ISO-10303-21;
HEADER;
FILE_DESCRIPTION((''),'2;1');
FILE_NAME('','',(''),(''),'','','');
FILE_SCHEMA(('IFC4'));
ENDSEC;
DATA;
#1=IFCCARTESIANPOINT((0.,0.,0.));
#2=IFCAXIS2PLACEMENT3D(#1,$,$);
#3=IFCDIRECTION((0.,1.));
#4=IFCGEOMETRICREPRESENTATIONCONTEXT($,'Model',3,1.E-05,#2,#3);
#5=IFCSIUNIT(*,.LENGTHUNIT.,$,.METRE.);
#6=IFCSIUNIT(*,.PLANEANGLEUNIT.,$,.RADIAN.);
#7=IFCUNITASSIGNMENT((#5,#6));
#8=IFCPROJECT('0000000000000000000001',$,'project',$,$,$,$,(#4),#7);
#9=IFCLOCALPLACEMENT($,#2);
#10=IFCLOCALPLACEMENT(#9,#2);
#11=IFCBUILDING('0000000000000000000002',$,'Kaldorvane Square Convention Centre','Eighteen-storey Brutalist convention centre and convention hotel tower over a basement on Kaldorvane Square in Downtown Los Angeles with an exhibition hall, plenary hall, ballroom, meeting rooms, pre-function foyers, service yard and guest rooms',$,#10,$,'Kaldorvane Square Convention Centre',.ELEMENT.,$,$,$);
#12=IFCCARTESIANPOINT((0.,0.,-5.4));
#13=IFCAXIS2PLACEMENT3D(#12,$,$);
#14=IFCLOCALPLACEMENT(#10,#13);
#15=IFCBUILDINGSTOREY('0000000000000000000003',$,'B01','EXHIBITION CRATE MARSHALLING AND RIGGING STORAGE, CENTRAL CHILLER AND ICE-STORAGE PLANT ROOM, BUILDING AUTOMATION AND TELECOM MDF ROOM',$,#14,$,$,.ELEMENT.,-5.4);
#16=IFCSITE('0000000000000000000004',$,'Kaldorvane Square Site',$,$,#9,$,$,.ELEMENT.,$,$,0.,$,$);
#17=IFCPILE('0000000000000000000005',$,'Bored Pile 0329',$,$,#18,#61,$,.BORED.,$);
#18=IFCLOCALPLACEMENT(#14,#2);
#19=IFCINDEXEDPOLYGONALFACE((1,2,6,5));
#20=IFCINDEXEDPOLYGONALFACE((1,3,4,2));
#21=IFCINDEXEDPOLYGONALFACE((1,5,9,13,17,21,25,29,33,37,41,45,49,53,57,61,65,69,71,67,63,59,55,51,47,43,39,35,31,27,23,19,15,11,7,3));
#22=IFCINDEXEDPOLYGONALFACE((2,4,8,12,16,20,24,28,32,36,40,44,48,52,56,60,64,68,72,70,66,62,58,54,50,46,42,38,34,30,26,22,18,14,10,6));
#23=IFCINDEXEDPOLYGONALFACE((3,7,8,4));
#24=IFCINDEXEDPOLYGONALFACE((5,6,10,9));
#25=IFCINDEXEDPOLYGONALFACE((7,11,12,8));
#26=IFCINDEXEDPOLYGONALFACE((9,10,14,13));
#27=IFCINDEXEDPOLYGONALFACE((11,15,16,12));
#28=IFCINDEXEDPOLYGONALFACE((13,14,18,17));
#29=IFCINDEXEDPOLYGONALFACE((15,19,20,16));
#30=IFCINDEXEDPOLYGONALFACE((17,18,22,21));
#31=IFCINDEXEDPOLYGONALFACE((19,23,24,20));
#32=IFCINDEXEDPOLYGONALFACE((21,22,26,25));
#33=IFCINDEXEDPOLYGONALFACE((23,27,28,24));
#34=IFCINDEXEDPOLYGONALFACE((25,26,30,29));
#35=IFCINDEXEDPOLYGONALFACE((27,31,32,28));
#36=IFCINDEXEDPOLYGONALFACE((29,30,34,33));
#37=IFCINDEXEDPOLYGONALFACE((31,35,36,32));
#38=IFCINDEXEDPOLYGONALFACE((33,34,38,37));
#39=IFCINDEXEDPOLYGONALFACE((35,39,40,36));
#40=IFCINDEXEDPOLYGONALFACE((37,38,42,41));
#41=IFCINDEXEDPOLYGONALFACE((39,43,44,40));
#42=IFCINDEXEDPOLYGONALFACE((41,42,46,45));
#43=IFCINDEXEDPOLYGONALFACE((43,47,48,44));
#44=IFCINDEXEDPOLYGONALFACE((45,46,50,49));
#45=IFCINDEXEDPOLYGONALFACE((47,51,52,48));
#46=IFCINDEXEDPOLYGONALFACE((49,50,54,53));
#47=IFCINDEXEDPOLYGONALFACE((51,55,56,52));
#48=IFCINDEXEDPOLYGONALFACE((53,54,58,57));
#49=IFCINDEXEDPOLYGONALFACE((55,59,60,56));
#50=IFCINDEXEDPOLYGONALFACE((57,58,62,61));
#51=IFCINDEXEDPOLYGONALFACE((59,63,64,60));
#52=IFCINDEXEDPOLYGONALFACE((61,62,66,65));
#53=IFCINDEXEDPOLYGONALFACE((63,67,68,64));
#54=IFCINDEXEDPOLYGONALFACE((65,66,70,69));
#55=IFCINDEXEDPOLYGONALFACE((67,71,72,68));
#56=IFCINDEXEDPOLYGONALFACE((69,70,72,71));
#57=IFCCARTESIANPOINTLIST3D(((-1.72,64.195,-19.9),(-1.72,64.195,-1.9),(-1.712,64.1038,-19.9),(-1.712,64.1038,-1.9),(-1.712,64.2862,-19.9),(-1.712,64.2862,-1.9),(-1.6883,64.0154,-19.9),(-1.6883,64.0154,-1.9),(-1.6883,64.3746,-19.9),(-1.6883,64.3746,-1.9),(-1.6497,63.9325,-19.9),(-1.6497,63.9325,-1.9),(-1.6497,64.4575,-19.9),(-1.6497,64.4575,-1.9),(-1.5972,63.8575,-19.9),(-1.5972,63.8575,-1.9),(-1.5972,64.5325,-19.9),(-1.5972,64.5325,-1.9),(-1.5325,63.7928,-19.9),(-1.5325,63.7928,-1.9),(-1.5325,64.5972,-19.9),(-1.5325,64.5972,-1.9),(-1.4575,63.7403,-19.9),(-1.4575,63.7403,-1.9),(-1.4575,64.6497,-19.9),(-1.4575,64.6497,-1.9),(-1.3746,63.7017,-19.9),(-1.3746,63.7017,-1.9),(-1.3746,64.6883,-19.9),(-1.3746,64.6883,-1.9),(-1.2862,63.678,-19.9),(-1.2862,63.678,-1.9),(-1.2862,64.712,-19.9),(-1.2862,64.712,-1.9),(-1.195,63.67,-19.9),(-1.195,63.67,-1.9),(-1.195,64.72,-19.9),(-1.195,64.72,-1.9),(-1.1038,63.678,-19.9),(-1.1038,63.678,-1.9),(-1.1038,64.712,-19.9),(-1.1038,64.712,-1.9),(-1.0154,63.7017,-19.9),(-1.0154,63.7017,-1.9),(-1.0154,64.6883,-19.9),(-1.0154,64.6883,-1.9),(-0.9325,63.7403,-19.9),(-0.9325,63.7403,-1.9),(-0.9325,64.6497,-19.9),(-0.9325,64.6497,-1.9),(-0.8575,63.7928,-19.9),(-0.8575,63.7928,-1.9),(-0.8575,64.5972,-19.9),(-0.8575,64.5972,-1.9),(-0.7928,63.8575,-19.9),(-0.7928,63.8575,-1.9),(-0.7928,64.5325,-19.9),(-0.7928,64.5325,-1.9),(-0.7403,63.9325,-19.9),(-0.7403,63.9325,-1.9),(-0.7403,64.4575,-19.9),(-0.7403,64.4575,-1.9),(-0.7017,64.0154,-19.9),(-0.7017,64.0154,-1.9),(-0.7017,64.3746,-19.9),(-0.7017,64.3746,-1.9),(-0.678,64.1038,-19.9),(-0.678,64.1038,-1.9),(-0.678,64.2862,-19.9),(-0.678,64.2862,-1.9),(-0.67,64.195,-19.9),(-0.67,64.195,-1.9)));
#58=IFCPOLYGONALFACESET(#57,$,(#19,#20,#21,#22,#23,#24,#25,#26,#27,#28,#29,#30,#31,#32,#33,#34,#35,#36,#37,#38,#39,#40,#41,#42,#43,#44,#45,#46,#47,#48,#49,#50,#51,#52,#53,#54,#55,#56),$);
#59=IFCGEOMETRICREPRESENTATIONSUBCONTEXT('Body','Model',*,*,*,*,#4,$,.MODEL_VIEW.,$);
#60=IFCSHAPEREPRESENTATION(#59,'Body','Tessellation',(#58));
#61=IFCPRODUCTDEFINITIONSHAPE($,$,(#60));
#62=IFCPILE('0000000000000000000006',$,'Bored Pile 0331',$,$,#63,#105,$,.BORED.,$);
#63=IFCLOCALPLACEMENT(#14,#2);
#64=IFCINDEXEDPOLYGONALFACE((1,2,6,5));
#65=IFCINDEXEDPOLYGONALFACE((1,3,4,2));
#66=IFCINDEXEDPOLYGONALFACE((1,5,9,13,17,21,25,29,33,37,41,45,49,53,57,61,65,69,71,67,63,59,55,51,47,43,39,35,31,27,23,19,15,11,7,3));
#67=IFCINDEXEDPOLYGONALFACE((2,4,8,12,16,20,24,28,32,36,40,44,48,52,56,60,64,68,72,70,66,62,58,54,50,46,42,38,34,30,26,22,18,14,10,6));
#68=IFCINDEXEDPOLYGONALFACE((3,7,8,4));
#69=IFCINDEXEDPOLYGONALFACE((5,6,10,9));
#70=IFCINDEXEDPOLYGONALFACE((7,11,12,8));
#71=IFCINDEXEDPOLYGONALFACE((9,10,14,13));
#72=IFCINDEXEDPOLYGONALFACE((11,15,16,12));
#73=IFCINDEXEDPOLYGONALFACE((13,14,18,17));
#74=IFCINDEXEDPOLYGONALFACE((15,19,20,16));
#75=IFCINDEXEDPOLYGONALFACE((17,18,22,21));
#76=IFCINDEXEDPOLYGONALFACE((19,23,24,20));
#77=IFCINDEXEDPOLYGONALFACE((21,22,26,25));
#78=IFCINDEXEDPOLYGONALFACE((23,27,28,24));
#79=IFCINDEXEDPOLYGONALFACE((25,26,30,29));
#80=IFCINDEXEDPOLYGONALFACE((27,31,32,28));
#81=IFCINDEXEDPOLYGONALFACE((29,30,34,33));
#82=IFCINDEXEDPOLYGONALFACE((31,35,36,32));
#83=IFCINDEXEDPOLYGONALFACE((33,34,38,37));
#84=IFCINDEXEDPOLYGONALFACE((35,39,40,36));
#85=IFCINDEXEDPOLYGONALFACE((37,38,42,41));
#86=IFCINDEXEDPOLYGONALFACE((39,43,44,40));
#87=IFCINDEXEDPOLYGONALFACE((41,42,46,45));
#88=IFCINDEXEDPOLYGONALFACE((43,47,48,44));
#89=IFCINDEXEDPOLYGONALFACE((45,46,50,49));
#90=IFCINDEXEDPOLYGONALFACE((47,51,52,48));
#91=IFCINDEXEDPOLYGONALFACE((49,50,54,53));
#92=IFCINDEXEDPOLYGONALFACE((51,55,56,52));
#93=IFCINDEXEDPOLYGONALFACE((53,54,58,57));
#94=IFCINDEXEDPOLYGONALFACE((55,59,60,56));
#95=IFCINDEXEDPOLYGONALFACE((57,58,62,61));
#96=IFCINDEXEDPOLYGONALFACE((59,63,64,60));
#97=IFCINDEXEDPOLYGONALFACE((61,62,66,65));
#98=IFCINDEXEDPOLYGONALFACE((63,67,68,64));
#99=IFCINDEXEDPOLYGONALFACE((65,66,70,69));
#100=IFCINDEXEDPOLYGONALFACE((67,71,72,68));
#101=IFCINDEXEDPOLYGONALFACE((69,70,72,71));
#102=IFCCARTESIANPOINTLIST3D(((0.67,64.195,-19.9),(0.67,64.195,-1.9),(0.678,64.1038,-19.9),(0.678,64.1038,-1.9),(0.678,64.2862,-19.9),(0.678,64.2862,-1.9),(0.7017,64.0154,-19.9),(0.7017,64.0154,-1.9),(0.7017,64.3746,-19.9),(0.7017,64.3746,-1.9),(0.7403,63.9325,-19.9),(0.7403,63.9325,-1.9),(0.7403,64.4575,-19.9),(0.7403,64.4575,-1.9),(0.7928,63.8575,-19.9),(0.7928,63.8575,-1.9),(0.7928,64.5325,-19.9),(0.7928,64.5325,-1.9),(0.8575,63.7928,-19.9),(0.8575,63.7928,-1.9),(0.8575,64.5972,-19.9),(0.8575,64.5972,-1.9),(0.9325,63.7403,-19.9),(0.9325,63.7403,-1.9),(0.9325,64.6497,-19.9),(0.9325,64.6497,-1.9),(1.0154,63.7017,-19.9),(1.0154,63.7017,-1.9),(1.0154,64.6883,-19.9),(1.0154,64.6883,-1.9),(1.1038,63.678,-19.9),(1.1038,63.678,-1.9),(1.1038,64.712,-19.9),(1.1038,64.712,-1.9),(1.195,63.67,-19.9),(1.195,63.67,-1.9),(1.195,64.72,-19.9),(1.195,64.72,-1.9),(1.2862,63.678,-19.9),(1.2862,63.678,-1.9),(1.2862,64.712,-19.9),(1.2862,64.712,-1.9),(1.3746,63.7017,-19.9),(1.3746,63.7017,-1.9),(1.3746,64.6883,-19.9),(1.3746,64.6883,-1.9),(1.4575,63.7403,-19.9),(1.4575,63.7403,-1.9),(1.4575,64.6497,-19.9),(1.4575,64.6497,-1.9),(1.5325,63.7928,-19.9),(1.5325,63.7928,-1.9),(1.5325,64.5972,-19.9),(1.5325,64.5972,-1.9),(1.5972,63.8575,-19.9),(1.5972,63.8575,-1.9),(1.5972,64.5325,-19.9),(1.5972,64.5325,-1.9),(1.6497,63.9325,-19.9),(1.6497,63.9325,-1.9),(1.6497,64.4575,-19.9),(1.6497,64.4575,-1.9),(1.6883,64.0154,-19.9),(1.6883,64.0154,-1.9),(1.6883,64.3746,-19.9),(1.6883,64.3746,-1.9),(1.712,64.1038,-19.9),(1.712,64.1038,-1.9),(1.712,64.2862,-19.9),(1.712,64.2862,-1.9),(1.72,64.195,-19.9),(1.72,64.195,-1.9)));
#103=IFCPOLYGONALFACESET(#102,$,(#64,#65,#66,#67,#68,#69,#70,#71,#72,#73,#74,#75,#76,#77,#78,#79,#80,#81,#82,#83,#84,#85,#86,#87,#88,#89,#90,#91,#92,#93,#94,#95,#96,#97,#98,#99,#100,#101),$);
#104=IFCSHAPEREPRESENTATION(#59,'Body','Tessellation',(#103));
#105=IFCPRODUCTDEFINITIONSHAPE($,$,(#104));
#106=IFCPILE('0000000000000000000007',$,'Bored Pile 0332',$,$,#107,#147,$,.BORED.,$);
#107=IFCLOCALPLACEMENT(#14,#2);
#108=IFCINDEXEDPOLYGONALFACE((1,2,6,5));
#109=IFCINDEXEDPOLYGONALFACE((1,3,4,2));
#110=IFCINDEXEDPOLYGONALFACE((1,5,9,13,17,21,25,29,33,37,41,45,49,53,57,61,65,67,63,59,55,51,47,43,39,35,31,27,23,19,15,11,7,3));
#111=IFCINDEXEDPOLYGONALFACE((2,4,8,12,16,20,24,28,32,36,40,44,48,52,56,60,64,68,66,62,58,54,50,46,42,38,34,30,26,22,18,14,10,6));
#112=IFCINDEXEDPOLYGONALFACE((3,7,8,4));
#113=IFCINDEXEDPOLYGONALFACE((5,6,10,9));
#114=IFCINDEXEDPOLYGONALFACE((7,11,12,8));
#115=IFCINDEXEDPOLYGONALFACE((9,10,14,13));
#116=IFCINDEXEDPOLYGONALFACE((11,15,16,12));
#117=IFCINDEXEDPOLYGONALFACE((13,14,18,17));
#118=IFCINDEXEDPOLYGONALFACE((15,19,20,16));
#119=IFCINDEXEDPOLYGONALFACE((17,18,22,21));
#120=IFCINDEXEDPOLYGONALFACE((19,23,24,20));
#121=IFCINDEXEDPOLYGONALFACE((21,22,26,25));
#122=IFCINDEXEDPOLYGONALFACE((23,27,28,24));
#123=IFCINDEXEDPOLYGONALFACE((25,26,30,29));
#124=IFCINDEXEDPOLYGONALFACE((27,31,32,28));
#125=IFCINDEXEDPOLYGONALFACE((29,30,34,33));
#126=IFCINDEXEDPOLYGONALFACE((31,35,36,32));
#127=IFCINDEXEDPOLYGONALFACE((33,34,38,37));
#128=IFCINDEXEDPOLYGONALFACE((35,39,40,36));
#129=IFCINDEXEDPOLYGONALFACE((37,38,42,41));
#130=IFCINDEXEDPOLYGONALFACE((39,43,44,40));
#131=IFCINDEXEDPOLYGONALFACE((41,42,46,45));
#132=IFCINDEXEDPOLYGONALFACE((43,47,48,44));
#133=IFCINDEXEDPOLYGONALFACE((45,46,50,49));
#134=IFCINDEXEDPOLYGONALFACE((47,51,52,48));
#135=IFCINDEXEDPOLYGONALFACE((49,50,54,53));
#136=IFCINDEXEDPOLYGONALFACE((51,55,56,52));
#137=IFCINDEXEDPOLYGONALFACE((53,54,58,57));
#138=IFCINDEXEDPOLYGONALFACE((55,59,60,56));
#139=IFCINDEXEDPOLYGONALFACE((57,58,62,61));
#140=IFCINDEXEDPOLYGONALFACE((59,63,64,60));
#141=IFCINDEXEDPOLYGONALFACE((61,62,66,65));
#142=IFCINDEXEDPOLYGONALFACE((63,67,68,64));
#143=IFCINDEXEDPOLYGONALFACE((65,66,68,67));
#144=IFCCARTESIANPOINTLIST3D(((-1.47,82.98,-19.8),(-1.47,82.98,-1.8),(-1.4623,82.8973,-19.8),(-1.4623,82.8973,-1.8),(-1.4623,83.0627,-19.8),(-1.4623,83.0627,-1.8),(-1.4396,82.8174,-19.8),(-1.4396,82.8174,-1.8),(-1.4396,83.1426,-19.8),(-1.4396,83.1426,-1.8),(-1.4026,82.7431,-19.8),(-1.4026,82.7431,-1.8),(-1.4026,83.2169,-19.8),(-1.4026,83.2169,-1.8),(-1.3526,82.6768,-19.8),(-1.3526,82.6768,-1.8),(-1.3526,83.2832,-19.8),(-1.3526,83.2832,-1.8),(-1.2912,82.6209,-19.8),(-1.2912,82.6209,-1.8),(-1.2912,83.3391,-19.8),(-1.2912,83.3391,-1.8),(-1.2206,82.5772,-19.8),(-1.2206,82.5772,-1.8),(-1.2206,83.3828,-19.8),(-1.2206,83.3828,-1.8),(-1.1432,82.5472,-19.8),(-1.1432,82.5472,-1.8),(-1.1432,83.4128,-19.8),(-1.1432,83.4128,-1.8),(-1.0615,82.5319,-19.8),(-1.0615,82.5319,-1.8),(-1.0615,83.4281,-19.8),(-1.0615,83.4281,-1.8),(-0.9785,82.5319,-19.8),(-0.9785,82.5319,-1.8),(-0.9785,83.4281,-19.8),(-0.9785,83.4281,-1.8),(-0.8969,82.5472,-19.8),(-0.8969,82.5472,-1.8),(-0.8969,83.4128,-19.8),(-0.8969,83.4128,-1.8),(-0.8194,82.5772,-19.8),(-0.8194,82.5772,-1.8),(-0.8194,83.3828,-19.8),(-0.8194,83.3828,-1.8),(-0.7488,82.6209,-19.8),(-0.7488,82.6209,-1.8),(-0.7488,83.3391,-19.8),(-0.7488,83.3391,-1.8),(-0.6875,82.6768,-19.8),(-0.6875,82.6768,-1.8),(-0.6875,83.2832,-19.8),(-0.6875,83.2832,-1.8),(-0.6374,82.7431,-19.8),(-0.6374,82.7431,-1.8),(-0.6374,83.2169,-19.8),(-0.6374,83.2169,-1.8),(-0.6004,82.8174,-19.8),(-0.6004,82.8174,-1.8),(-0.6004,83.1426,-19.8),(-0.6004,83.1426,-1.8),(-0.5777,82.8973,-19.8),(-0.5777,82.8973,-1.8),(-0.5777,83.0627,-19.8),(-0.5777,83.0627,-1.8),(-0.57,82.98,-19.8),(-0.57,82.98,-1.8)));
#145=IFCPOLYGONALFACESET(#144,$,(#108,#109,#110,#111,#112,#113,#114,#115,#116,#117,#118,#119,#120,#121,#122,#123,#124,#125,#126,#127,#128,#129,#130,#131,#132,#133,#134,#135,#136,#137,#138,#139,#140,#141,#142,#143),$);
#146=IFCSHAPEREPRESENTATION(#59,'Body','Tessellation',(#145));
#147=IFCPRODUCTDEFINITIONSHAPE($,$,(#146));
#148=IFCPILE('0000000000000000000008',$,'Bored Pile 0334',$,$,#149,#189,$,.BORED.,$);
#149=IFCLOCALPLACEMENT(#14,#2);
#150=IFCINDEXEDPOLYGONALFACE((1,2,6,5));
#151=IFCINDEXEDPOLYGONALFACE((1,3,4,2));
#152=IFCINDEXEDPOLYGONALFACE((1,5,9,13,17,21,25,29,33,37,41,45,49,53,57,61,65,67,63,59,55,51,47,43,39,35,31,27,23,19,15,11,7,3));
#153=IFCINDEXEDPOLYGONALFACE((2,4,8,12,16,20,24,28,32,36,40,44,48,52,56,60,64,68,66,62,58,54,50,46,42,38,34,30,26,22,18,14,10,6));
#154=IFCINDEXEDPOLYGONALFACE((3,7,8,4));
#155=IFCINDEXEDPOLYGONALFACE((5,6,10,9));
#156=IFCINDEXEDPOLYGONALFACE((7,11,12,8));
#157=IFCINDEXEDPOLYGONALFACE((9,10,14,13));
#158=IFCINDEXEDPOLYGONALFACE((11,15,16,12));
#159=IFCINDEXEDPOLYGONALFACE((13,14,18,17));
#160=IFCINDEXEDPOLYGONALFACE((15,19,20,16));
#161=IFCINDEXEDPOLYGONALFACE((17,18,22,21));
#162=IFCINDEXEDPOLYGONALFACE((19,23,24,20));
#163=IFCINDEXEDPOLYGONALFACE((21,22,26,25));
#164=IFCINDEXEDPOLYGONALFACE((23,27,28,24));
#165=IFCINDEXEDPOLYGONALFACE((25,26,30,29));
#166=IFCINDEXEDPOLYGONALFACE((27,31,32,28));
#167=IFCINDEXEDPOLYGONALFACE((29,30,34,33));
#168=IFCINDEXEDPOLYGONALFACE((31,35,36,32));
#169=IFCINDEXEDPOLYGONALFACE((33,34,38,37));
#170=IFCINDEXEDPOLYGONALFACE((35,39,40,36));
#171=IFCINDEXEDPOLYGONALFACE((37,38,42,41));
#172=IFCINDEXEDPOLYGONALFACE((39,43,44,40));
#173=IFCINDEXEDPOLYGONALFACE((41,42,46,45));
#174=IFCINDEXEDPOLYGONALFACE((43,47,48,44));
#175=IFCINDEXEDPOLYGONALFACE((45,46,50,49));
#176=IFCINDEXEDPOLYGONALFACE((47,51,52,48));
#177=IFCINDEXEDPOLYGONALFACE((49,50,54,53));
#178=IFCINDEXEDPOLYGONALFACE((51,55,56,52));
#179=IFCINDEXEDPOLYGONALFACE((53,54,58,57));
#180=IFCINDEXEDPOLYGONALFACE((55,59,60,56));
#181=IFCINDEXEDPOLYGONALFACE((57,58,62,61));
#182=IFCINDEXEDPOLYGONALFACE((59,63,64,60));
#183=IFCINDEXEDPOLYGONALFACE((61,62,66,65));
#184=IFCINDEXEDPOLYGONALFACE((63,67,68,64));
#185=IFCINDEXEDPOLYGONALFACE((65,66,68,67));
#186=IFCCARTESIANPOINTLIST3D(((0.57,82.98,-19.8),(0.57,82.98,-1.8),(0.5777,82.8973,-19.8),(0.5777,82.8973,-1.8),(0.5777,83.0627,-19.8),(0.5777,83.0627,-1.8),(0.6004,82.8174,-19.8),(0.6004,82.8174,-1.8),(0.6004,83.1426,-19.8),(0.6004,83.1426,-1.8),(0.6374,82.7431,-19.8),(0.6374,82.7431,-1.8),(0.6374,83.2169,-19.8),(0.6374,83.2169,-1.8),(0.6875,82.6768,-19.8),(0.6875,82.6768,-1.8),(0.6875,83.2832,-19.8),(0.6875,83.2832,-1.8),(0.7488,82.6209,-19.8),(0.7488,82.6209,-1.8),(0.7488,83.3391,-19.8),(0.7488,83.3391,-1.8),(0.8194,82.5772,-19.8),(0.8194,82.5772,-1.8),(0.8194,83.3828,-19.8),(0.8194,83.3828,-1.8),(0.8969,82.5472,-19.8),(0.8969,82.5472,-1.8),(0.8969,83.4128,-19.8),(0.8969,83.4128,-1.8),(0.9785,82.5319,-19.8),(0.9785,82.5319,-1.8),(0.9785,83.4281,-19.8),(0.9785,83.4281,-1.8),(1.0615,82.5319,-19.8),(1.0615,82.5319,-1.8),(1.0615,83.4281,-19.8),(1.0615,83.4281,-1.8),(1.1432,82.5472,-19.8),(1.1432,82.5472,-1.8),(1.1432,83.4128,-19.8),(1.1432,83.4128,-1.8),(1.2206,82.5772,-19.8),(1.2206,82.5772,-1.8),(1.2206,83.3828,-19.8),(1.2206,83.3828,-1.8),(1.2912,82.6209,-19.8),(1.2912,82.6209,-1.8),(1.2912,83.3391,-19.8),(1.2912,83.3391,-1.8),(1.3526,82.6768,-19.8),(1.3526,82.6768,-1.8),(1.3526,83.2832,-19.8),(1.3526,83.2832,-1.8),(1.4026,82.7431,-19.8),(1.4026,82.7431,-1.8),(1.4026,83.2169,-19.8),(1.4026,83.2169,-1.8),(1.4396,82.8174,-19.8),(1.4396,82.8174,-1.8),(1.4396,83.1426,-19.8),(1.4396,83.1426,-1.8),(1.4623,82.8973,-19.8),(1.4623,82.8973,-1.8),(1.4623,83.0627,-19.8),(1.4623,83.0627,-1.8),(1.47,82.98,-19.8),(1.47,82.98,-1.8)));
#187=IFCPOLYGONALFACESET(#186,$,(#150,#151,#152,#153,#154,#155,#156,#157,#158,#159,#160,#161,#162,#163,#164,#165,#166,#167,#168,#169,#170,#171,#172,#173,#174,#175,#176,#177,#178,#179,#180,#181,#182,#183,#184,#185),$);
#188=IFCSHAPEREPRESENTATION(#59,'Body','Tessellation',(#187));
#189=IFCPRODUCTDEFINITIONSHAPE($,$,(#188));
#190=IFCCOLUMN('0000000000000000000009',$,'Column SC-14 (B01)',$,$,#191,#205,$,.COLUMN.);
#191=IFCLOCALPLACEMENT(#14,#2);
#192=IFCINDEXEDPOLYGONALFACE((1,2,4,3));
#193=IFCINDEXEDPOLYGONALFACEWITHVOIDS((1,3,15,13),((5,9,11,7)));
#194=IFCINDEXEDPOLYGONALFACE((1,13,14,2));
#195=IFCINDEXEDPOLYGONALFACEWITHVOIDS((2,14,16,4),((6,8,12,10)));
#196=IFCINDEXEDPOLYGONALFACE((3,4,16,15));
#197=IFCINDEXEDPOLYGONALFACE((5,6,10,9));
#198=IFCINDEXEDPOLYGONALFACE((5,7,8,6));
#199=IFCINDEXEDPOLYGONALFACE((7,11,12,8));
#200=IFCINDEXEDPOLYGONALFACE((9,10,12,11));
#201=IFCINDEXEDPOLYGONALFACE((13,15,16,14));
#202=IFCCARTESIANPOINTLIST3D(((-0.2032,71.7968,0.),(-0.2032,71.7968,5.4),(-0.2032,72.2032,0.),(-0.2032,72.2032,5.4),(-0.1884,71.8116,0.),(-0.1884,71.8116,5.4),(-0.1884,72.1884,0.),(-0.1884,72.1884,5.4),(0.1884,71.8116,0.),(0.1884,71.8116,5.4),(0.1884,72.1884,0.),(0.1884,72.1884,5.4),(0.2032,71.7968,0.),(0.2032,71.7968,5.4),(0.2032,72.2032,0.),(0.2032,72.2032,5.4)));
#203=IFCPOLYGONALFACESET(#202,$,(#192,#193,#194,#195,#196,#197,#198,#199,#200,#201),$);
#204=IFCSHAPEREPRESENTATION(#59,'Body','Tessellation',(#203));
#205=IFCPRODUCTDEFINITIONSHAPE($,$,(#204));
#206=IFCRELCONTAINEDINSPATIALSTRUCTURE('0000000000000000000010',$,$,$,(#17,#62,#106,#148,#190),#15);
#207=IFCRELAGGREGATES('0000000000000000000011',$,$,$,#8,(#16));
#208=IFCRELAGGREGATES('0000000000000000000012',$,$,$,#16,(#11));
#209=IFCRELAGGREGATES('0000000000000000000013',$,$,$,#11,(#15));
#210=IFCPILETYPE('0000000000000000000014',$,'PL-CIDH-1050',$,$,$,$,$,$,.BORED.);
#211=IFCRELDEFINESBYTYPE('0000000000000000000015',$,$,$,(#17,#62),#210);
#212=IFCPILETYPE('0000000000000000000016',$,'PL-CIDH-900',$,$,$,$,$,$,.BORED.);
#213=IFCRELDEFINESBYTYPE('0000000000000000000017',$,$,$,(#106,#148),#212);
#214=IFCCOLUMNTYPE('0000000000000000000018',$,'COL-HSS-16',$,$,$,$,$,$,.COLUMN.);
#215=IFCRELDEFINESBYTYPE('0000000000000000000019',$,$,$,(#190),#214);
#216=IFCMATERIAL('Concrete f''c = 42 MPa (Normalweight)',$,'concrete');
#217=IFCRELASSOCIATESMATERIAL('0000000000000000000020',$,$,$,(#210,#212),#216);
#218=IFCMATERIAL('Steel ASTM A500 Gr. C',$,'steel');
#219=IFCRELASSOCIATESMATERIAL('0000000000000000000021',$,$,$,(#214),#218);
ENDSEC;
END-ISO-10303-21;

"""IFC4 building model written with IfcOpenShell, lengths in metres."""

from ifc_helpers import new_model, si_unit, direction, frame, origin, origin_2d, place, context, subcontext, project, spatial, hollow_rectangle, circle, extrude, material, material_profile, profile_set, type_object, element, save


model = new_model("IFC4")

# Units and contexts
model_context = context("Model", 3, precision=1e-05, world=origin(), true_north=direction((0.0, 1.0)))
body_context = subcontext(model_context, "Body", "Model", "MODEL_VIEW")
ifc_project = project(units=[si_unit("LENGTHUNIT", "METRE"), si_unit("PLANEANGLEUNIT", "RADIAN")], contexts=[model_context])

# Site, building, storey
site_placement = place(None, origin())
site = spatial("IfcSite", under=ifc_project, at=site_placement, Name="Kaldorvane Square Site", CompositionType="ELEMENT", RefElevation=0.0)
building_placement = place(site_placement, origin())
building = spatial("IfcBuilding", under=site, at=building_placement, Name="Kaldorvane Square Convention Centre", Description="Eighteen-storey Brutalist convention centre and convention hotel tower over a basement on Kaldorvane Square in Downtown Los Angeles with an exhibition hall, plenary hall, ballroom, meeting rooms, pre-function foyers, service yard and guest rooms", LongName="Kaldorvane Square Convention Centre", CompositionType="ELEMENT")
storey_placement = place(building_placement, frame((0.0, 0.0, -5.4)))
storey = spatial("IfcBuildingStorey", under=building, at=storey_placement, Name="B01", Description="EXHIBITION CRATE MARSHALLING AND RIGGING STORAGE, CENTRAL CHILLER AND ICE-STORAGE PLANT ROOM, BUILDING AUTOMATION AND TELECOM MDF ROOM", CompositionType="ELEMENT", Elevation=-5.4)

# Shared definitions
ifc_material_1 = material(Name="Concrete f'c = 42 MPa (Normalweight)", Category="concrete")

# Piles
ifc_material_profile_1 = material_profile(ifc_material_1, circle(Radius=0.525, at=origin_2d()), Name="PILE-D1050")
ifc_profile_set_1 = profile_set([ifc_material_profile_1], Name="Concrete f'c = 42 MPa (Normalweight)")
pile_type_1 = type_object("IfcPileType", Name="PL-CIDH-1050", PredefinedType="BORED", material=ifc_profile_set_1)
for number, where, z_axis, x_axis, name in (
    (1, (-1.195, 64.195, -1.9), (0.0, 0.0, -1.0), (1.0, 0.0, 0.0), "Bored Pile 0329"),
    (2, (1.195, 64.195, -1.9), (0.0, 0.0, -1.0), (1.0, 0.0, 0.0), "Bored Pile 0331"),
):
    element("IfcPile", number, at=place(storey_placement, frame(where, z_axis=z_axis, x_axis=x_axis)), inside=storey, type_object=pile_type_1, Name=name, PredefinedType="BORED", context=body_context, shape_type="SweptSolid", body=[
        extrude(circle(Radius=0.525, at=origin_2d()), origin(), (0.0, 0.0, 1.0), 18.0),
    ])
ifc_material_profile_2 = material_profile(ifc_material_1, circle(Radius=0.45, at=origin_2d()), Name="PILE-D900")
ifc_profile_set_2 = profile_set([ifc_material_profile_2], Name="Concrete f'c = 42 MPa (Normalweight)")
pile_type_2 = type_object("IfcPileType", Name="PL-CIDH-900", PredefinedType="BORED", material=ifc_profile_set_2)
for number, where, z_axis, x_axis, name in (
    (3, (-1.02, 82.98, -1.8), (0.0, 0.0, -1.0), (1.0, 0.0, 0.0), "Bored Pile 0332"),
    (4, (1.02, 82.98, -1.8), (0.0, 0.0, -1.0), (1.0, 0.0, 0.0), "Bored Pile 0334"),
):
    element("IfcPile", number, at=place(storey_placement, frame(where, z_axis=z_axis, x_axis=x_axis)), inside=storey, type_object=pile_type_2, Name=name, PredefinedType="BORED", context=body_context, shape_type="SweptSolid", body=[
        extrude(circle(Radius=0.45, at=origin_2d()), origin(), (0.0, 0.0, 1.0), 18.0),
    ])

# Column
ifc_material_2 = material(Name="Steel ASTM A500 Gr. C", Category="steel")
ifc_material_profile_3 = material_profile(ifc_material_2, hollow_rectangle(XDim=0.4064, YDim=0.4064, WallThickness=0.0148, at=origin_2d()), Name="HSS16X16X5/8")
ifc_profile_set_3 = profile_set([ifc_material_profile_3], Name="Steel ASTM A500 Gr. C")
column_type_1 = type_object("IfcColumnType", Name="COL-HSS-16", PredefinedType="COLUMN", material=ifc_profile_set_3)
column_placement = place(storey_placement, frame((0.0, 72.0, 0.0), z_axis=(0.0, 0.0, 1.0), x_axis=(1.0, 0.0, 0.0)))
element("IfcColumn", 5, at=column_placement, inside=storey, type_object=column_type_1, Name="Column SC-14 (B01)", PredefinedType="COLUMN", context=body_context, shape_type="SweptSolid", body=[
    extrude(hollow_rectangle(XDim=0.4064, YDim=0.4064, WallThickness=0.0148, at=origin_2d()), origin(), (0.0, 0.0, 1.0), 5.4),
])

save(model, "model.ifc")
